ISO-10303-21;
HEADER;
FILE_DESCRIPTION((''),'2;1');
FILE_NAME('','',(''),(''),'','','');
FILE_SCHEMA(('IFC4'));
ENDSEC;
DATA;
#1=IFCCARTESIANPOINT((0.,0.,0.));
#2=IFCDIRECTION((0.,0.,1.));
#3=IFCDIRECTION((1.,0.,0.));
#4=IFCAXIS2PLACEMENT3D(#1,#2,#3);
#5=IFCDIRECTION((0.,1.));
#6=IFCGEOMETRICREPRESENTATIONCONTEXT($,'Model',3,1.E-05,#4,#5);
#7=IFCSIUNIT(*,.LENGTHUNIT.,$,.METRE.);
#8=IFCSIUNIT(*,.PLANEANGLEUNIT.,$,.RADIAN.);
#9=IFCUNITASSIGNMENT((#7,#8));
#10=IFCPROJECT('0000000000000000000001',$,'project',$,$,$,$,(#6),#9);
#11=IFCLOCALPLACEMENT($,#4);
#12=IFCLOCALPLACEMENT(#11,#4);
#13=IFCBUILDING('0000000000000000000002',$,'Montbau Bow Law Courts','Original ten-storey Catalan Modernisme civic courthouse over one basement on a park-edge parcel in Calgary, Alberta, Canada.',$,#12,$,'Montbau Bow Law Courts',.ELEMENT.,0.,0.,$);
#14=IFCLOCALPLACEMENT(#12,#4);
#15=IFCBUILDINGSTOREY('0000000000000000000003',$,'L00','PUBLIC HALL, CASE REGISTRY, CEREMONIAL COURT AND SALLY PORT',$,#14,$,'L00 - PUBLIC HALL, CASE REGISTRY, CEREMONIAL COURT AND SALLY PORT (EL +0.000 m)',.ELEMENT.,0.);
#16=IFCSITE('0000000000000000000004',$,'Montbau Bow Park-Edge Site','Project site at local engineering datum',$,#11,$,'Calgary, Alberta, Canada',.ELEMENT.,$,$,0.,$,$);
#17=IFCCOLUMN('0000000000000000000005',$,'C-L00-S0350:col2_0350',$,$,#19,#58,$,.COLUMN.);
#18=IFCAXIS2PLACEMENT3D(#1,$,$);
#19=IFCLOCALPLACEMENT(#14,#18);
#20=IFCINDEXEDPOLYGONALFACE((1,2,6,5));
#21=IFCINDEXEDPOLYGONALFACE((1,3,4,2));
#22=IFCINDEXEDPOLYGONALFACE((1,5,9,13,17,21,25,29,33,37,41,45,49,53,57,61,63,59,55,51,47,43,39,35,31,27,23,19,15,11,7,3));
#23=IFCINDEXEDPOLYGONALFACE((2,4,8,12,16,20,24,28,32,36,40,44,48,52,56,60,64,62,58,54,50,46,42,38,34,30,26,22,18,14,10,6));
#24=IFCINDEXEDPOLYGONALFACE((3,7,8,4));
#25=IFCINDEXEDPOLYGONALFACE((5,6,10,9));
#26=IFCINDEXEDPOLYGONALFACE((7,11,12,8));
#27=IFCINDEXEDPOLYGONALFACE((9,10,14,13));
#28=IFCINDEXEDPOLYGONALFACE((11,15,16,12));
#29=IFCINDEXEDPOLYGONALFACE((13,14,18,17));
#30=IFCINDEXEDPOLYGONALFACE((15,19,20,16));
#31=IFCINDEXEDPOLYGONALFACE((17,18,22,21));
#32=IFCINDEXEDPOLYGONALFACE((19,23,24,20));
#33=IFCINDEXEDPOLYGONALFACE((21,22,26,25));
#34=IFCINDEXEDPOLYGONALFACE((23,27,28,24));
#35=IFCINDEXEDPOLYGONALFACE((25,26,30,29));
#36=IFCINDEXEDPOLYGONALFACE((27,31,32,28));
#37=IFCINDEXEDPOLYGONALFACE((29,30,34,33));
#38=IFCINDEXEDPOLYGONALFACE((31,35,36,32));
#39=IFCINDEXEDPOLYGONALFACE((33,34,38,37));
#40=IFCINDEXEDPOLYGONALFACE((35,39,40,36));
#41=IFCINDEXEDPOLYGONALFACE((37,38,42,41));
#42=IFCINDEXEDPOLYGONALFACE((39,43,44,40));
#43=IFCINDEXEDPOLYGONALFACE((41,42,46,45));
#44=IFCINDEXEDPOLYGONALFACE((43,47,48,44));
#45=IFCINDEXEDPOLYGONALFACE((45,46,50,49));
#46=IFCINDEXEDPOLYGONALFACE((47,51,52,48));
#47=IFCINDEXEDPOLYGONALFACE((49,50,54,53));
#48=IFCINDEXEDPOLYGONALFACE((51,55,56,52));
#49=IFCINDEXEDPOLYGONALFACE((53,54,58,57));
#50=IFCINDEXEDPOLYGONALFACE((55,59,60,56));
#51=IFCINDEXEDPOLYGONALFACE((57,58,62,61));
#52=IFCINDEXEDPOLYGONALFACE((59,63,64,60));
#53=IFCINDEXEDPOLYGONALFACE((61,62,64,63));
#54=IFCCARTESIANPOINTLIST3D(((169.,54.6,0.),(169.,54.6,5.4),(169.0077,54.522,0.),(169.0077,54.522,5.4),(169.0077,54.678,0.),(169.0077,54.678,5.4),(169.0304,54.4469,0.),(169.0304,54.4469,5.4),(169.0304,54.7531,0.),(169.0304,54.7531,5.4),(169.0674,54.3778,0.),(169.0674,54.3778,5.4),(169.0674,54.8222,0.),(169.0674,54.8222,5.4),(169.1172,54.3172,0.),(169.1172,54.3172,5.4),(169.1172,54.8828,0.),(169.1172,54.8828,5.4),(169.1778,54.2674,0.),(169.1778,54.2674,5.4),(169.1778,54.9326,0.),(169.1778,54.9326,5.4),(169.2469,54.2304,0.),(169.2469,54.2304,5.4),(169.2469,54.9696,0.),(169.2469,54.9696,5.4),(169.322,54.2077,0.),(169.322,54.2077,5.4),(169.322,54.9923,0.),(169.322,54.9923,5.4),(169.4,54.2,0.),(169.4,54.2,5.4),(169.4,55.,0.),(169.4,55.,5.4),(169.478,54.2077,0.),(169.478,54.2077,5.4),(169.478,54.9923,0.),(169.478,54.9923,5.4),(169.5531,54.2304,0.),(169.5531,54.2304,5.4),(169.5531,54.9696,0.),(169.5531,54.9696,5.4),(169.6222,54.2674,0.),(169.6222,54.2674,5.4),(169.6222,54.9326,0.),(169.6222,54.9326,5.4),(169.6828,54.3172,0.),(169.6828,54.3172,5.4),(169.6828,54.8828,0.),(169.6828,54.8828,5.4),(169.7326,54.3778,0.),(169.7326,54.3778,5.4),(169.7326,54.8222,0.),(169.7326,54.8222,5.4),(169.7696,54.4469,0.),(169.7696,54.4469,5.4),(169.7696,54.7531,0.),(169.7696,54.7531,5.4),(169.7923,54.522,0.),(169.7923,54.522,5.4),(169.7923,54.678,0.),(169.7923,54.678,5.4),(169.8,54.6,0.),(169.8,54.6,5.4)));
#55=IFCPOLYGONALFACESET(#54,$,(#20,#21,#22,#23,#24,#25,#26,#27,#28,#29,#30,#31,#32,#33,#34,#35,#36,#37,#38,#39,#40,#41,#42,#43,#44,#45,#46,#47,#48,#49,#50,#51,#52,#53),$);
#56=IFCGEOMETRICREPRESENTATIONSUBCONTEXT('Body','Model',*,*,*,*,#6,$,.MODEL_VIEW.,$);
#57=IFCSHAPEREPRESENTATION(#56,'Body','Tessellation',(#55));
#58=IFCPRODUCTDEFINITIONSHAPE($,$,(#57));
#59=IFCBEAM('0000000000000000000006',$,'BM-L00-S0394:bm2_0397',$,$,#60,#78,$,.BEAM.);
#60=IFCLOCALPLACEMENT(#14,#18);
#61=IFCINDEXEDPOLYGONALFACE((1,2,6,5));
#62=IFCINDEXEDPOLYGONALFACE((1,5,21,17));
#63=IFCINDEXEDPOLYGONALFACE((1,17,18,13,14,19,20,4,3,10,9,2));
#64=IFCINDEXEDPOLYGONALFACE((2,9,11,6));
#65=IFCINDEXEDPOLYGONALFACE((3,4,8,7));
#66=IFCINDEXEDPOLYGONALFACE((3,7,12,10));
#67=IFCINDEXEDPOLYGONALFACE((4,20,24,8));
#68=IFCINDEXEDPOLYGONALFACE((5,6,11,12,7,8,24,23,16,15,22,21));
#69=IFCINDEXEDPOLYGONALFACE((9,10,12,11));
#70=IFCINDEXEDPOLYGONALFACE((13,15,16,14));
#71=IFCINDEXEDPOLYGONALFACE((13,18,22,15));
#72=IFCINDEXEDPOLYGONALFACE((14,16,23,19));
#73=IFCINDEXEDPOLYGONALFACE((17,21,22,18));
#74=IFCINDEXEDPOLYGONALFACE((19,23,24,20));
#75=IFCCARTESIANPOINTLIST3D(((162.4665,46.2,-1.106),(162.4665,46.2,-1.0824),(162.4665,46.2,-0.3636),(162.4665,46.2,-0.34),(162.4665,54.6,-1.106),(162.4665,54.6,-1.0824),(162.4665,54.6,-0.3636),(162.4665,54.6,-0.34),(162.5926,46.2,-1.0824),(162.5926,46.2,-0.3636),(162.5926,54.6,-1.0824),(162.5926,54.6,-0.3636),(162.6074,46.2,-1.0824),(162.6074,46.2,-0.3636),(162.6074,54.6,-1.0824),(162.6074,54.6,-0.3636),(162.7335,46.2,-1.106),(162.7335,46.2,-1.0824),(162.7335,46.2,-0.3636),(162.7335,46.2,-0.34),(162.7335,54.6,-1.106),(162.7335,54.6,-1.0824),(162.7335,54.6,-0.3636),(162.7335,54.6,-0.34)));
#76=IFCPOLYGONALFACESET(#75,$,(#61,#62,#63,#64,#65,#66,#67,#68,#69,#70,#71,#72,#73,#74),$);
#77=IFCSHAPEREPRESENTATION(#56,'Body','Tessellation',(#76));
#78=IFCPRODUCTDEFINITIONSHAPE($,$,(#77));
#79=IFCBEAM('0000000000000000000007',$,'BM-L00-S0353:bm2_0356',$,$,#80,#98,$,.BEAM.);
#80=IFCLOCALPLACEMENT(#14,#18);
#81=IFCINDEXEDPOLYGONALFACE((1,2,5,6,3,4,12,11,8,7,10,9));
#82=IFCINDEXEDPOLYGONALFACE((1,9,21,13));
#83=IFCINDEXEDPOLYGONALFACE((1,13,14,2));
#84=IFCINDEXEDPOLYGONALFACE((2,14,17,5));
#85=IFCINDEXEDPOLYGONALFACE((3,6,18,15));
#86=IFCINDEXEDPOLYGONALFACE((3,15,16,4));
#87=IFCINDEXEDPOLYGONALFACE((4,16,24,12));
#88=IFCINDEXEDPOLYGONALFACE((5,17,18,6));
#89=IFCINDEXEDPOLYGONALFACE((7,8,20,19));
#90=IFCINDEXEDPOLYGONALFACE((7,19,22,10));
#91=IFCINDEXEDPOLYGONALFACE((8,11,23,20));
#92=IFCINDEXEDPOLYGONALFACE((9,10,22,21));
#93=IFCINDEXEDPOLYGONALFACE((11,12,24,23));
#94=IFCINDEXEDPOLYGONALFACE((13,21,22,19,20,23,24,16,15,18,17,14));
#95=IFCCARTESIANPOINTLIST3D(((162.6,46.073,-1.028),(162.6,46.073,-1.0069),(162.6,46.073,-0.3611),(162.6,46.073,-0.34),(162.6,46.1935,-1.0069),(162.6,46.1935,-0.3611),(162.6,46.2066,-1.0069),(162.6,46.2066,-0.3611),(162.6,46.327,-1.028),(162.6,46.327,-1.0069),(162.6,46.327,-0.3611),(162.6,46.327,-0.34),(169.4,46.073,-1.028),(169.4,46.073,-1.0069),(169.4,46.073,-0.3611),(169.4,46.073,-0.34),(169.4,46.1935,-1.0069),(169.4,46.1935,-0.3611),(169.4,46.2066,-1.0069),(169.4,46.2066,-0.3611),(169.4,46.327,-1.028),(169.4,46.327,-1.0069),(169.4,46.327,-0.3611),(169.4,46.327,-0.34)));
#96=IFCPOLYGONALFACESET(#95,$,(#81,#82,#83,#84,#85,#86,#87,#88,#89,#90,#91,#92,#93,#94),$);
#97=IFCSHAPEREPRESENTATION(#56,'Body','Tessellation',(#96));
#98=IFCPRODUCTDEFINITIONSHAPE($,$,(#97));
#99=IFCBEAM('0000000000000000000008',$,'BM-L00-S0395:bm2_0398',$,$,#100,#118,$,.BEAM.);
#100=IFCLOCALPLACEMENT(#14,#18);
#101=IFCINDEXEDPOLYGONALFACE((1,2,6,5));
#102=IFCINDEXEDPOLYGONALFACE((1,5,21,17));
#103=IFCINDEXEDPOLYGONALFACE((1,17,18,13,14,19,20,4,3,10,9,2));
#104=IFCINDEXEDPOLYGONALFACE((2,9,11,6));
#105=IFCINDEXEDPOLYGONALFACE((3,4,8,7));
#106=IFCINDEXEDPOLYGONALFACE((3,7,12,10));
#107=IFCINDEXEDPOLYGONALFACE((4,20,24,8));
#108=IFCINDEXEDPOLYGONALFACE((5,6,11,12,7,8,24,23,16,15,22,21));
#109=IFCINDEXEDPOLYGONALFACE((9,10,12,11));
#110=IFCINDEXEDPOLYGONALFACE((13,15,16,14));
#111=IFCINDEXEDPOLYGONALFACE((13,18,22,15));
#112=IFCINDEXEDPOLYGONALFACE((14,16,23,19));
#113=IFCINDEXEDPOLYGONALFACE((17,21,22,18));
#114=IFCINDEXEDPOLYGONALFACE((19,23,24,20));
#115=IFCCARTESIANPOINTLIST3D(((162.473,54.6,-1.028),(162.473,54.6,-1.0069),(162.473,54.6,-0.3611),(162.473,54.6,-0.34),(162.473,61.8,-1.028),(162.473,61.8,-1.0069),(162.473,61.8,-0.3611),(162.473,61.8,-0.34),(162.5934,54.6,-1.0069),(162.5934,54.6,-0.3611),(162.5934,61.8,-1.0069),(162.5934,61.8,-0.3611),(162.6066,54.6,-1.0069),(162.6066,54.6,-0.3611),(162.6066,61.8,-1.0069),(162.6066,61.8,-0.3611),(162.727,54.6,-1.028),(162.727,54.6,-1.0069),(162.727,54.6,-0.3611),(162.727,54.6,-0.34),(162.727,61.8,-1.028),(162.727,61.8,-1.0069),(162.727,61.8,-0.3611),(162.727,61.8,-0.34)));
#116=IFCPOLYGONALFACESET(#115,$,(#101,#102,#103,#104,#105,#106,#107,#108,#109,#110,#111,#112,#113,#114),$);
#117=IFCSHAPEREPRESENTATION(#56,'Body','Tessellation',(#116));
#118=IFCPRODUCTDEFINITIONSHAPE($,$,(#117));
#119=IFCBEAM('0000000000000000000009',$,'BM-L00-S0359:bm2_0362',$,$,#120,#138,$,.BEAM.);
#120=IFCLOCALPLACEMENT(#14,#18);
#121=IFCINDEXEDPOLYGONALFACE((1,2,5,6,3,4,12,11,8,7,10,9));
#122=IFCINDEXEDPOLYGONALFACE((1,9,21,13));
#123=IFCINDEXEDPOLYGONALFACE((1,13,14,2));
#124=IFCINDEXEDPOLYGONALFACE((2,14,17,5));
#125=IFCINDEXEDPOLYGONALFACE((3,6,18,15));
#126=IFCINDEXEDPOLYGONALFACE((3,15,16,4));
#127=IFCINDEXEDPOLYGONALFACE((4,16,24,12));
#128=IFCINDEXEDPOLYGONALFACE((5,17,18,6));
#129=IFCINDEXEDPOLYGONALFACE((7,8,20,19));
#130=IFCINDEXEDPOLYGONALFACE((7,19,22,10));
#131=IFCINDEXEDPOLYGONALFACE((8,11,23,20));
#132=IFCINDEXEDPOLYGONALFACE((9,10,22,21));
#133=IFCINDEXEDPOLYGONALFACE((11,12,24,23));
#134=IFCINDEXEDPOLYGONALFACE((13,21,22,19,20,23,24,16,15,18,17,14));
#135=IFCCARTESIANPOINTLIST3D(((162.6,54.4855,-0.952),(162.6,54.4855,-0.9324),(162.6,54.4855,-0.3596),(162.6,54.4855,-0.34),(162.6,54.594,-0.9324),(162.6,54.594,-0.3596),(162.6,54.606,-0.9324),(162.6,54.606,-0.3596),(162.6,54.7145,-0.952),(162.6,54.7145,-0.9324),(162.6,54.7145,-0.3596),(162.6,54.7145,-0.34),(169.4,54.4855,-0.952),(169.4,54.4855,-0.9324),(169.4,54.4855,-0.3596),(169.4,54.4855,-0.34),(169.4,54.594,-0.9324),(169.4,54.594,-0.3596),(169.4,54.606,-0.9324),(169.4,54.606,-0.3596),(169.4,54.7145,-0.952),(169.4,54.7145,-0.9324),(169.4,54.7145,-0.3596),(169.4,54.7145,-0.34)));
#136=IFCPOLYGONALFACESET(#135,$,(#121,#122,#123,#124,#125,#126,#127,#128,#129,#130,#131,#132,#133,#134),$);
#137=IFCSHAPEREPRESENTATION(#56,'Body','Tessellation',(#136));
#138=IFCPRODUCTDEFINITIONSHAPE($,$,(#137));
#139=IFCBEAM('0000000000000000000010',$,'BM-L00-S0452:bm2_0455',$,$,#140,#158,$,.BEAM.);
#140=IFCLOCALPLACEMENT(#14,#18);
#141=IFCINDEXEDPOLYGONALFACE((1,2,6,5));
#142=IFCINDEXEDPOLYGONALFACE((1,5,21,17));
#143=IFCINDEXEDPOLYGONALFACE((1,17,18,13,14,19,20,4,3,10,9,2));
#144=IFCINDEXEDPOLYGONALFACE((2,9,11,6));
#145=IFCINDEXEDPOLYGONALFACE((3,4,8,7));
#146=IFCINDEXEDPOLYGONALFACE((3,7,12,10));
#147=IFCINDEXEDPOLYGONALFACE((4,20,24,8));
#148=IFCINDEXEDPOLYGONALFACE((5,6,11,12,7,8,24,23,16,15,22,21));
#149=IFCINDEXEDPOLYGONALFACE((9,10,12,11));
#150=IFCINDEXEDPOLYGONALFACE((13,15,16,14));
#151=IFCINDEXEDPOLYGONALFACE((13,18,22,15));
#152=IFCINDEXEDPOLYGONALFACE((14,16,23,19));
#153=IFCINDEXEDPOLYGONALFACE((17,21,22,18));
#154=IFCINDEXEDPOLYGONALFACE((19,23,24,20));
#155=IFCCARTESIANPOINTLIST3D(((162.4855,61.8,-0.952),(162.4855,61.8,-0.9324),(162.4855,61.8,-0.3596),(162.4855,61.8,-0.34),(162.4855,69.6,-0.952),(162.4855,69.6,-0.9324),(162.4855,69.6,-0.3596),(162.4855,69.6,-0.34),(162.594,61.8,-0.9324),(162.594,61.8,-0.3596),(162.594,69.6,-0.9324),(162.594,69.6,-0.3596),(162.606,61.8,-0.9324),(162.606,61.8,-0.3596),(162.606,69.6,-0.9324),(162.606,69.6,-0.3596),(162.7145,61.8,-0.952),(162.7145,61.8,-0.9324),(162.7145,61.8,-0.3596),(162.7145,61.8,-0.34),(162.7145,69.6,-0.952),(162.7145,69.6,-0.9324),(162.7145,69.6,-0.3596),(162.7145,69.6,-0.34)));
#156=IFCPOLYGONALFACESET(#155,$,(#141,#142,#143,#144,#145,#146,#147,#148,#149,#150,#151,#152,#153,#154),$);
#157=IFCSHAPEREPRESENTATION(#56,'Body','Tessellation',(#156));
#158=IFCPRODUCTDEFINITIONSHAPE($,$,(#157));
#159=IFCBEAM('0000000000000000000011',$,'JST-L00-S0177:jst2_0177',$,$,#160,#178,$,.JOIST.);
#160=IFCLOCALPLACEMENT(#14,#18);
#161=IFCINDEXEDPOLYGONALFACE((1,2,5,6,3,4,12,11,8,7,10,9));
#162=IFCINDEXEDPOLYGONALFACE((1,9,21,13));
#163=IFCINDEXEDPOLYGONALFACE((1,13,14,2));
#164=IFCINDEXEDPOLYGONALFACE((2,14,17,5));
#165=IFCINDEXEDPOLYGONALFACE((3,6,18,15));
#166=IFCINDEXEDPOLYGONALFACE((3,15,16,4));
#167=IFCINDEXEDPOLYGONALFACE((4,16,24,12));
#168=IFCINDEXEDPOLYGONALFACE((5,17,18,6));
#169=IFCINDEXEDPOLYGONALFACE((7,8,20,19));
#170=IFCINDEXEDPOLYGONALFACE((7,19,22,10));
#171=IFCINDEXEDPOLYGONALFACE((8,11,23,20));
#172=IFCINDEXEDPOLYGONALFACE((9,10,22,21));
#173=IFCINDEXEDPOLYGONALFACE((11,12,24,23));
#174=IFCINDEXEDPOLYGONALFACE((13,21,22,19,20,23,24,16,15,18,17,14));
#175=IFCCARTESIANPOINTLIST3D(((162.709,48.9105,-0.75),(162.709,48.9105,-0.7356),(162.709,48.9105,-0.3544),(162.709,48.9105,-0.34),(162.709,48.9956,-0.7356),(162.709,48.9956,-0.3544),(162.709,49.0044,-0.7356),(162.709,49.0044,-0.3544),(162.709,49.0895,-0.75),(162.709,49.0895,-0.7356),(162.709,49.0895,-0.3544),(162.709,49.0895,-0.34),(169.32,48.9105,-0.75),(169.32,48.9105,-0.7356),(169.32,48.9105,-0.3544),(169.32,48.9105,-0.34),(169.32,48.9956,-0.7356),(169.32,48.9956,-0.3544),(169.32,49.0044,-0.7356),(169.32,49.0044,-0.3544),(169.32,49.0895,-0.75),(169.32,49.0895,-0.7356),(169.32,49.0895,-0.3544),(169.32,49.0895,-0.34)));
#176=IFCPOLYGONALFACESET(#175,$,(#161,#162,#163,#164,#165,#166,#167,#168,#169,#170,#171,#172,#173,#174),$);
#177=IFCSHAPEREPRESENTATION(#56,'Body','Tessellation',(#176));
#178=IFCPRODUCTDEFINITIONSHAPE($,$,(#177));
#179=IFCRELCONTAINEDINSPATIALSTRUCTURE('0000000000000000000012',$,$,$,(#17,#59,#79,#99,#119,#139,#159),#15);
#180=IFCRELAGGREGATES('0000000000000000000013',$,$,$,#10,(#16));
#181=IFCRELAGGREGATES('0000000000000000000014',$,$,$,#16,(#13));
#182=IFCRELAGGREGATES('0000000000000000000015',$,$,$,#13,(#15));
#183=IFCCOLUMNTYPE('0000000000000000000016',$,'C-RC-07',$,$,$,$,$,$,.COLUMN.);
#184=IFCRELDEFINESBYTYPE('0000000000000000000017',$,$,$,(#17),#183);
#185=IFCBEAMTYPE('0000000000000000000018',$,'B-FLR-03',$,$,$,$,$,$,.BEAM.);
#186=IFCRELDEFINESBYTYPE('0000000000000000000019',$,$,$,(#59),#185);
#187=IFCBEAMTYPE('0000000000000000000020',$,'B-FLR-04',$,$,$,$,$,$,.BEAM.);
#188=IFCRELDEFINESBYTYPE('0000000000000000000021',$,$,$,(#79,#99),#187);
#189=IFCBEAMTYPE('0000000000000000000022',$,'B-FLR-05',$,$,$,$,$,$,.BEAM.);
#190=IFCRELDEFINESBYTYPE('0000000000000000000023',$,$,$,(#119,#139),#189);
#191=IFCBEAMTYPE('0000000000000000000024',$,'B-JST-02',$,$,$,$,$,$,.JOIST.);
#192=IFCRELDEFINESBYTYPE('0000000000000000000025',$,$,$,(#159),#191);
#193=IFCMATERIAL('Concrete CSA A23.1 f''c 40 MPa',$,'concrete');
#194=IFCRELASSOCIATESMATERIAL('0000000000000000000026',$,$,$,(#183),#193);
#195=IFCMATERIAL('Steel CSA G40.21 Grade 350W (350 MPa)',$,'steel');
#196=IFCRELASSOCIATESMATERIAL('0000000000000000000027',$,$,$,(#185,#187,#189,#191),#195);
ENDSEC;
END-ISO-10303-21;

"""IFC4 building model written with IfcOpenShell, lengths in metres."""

from ifc_helpers import new_model, si_unit, direction, frame, origin_with_axes, origin_2d_with_axis, place, context, subcontext, project, spatial, circle, i_section, extrude, material, material_profile, profile_set, type_object, element, save


model = new_model("IFC4")

# Units and contexts
model_context = context("Model", 3, precision=1e-05, world=origin_with_axes(), true_north=direction((0.0, 1.0)))
body_context = subcontext(model_context, "Body", "Model", "MODEL_VIEW")
ifc_project = project(units=[si_unit("LENGTHUNIT", "METRE"), si_unit("PLANEANGLEUNIT", "RADIAN")], contexts=[model_context])

# Site, building, storey
site_placement = place(None, origin_with_axes())
site = spatial("IfcSite", under=ifc_project, at=site_placement, Name="Montbau Bow Park-Edge Site", Description="Project site at local engineering datum", LongName="Calgary, Alberta, Canada", CompositionType="ELEMENT", RefElevation=0.0)
building_placement = place(site_placement, origin_with_axes())
building = spatial("IfcBuilding", under=site, at=building_placement, Name="Montbau Bow Law Courts", Description="Original ten-storey Catalan Modernisme civic courthouse over one basement on a park-edge parcel in Calgary, Alberta, Canada.", LongName="Montbau Bow Law Courts", CompositionType="ELEMENT", ElevationOfRefHeight=0.0, ElevationOfTerrain=0.0)
storey_placement = place(building_placement, origin_with_axes())
storey = spatial("IfcBuildingStorey", under=building, at=storey_placement, Name="L00", Description="PUBLIC HALL, CASE REGISTRY, CEREMONIAL COURT AND SALLY PORT", LongName="L00 - PUBLIC HALL, CASE REGISTRY, CEREMONIAL COURT AND SALLY PORT (EL +0.000 m)", CompositionType="ELEMENT", Elevation=0.0)

# Column
ifc_material_1 = material(Name="Concrete CSA A23.1 f'c 40 MPa", Category="concrete")
ifc_material_profile_1 = material_profile(ifc_material_1, circle(Radius=0.4, at=origin_2d_with_axis()), Name="RC800D", Category="Main", Priority=0)
ifc_profile_set_1 = profile_set([ifc_material_profile_1], Name="Concrete CSA A23.1 f'c 40 MPa")
column_type_1 = type_object("IfcColumnType", Name="C-RC-07", PredefinedType="COLUMN", material=ifc_profile_set_1)
for number, where, z_axis, x_axis, name in (
    (1, (169.4, 54.6, 0.0), (0.0, 0.0, 1.0), (1.0, 0.0, 0.0), "C-L00-S0350:col2_0350"),
):
    element("IfcColumn", number, at=place(None, frame(where, z_axis=z_axis, x_axis=x_axis)), inside=storey, type_object=column_type_1, Name=name, PredefinedType="COLUMN", context=body_context, shape_type="SweptSolid", body=[
        extrude(circle(Radius=0.4, at=origin_2d_with_axis()), origin_with_axes(), (0.0, 0.0, 1.0), 5.4),
    ])

# Beams
ifc_material_2 = material(Name="Steel CSA G40.21 Grade 350W (350 MPa)", Category="steel")
ifc_material_profile_2 = material_profile(ifc_material_2, i_section(OverallWidth=0.267, OverallDepth=0.766, WebThickness=0.0149, FlangeThickness=0.0236, at=origin_2d_with_axis()), Name="W760X185", Category="Main", Priority=0)
ifc_profile_set_2 = profile_set([ifc_material_profile_2], Name="Steel CSA G40.21 Grade 350W (350 MPa)")
beam_type_1 = type_object("IfcBeamType", Name="B-FLR-03", PredefinedType="BEAM", material=ifc_profile_set_2)
beam_1_placement = place(None, frame((162.6, 46.2, -0.723), z_axis=(0.0, 1.0, 0.0), x_axis=(-1.0, 0.0, 0.0)))
element("IfcBeam", 2, at=beam_1_placement, inside=storey, type_object=beam_type_1, Name="BM-L00-S0394:bm2_0397", PredefinedType="BEAM", context=body_context, shape_type="SweptSolid", body=[
    extrude(i_section(OverallWidth=0.267, OverallDepth=0.766, WebThickness=0.0149, FlangeThickness=0.0236, at=origin_2d_with_axis()), origin_with_axes(), (0.0, 0.0, 1.0), 8.4),
])
ifc_material_profile_3 = material_profile(ifc_material_2, i_section(OverallWidth=0.254, OverallDepth=0.688, WebThickness=0.0131, FlangeThickness=0.0211, at=origin_2d_with_axis()), Name="W690X152", Category="Main", Priority=0)
ifc_profile_set_3 = profile_set([ifc_material_profile_3], Name="Steel CSA G40.21 Grade 350W (350 MPa)")
beam_type_2 = type_object("IfcBeamType", Name="B-FLR-04", PredefinedType="BEAM", material=ifc_profile_set_3)
beam_2_placement = place(None, frame((162.6, 46.2, -0.684), z_axis=(1.0, 0.0, 0.0), x_axis=(0.0, 1.0, 0.0)))
element("IfcBeam", 3, at=beam_2_placement, inside=storey, type_object=beam_type_2, Name="BM-L00-S0353:bm2_0356", PredefinedType="BEAM", context=body_context, shape_type="SweptSolid", body=[
    extrude(i_section(OverallWidth=0.254, OverallDepth=0.688, WebThickness=0.0131, FlangeThickness=0.0211, at=origin_2d_with_axis()), origin_with_axes(), (0.0, 0.0, 1.0), 6.8),
])
beam_3_placement = place(None, frame((162.6, 54.6, -0.684), z_axis=(0.0, 1.0, 0.0), x_axis=(-1.0, 0.0, 0.0)))
element("IfcBeam", 4, at=beam_3_placement, inside=storey, type_object=beam_type_2, Name="BM-L00-S0395:bm2_0398", PredefinedType="BEAM", context=body_context, shape_type="SweptSolid", body=[
    extrude(i_section(OverallWidth=0.254, OverallDepth=0.688, WebThickness=0.0131, FlangeThickness=0.0211, at=origin_2d_with_axis()), origin_with_axes(), (0.0, 0.0, 1.0), 7.2),
])
ifc_material_profile_4 = material_profile(ifc_material_2, i_section(OverallWidth=0.229, OverallDepth=0.612, WebThickness=0.0119, FlangeThickness=0.0196, at=origin_2d_with_axis()), Name="W610X125", Category="Main", Priority=0)
ifc_profile_set_4 = profile_set([ifc_material_profile_4], Name="Steel CSA G40.21 Grade 350W (350 MPa)")
beam_type_3 = type_object("IfcBeamType", Name="B-FLR-05", PredefinedType="BEAM", material=ifc_profile_set_4)
beam_4_placement = place(None, frame((162.6, 54.6, -0.646), z_axis=(1.0, 0.0, 0.0), x_axis=(0.0, 1.0, 0.0)))
element("IfcBeam", 5, at=beam_4_placement, inside=storey, type_object=beam_type_3, Name="BM-L00-S0359:bm2_0362", PredefinedType="BEAM", context=body_context, shape_type="SweptSolid", body=[
    extrude(i_section(OverallWidth=0.229, OverallDepth=0.612, WebThickness=0.0119, FlangeThickness=0.0196, at=origin_2d_with_axis()), origin_with_axes(), (0.0, 0.0, 1.0), 6.8),
])
beam_5_placement = place(None, frame((162.6, 61.8, -0.646), z_axis=(0.0, 1.0, 0.0), x_axis=(-1.0, 0.0, 0.0)))
element("IfcBeam", 6, at=beam_5_placement, inside=storey, type_object=beam_type_3, Name="BM-L00-S0452:bm2_0455", PredefinedType="BEAM", context=body_context, shape_type="SweptSolid", body=[
    extrude(i_section(OverallWidth=0.229, OverallDepth=0.612, WebThickness=0.0119, FlangeThickness=0.0196, at=origin_2d_with_axis()), origin_with_axes(), (0.0, 0.0, 1.0), 7.8),
])
ifc_material_profile_5 = material_profile(ifc_material_2, i_section(OverallWidth=0.179, OverallDepth=0.41, WebThickness=0.0088, FlangeThickness=0.0144, at=origin_2d_with_axis()), Name="W410X67", Category="Main", Priority=0)
ifc_profile_set_5 = profile_set([ifc_material_profile_5], Name="Steel CSA G40.21 Grade 350W (350 MPa)")
beam_type_4 = type_object("IfcBeamType", Name="B-JST-02", PredefinedType="JOIST", material=ifc_profile_set_5)
beam_6_placement = place(None, frame((162.709, 49.0, -0.545), z_axis=(1.0, 0.0, 0.0), x_axis=(0.0, 1.0, 0.0)))
element("IfcBeam", 7, at=beam_6_placement, inside=storey, type_object=beam_type_4, Name="JST-L00-S0177:jst2_0177", PredefinedType="JOIST", context=body_context, shape_type="SweptSolid", body=[
    extrude(i_section(OverallWidth=0.179, OverallDepth=0.41, WebThickness=0.0088, FlangeThickness=0.0144, at=origin_2d_with_axis()), origin_with_axes(), (0.0, 0.0, 1.0), 6.611),
])

save(model, "model.ifc")
